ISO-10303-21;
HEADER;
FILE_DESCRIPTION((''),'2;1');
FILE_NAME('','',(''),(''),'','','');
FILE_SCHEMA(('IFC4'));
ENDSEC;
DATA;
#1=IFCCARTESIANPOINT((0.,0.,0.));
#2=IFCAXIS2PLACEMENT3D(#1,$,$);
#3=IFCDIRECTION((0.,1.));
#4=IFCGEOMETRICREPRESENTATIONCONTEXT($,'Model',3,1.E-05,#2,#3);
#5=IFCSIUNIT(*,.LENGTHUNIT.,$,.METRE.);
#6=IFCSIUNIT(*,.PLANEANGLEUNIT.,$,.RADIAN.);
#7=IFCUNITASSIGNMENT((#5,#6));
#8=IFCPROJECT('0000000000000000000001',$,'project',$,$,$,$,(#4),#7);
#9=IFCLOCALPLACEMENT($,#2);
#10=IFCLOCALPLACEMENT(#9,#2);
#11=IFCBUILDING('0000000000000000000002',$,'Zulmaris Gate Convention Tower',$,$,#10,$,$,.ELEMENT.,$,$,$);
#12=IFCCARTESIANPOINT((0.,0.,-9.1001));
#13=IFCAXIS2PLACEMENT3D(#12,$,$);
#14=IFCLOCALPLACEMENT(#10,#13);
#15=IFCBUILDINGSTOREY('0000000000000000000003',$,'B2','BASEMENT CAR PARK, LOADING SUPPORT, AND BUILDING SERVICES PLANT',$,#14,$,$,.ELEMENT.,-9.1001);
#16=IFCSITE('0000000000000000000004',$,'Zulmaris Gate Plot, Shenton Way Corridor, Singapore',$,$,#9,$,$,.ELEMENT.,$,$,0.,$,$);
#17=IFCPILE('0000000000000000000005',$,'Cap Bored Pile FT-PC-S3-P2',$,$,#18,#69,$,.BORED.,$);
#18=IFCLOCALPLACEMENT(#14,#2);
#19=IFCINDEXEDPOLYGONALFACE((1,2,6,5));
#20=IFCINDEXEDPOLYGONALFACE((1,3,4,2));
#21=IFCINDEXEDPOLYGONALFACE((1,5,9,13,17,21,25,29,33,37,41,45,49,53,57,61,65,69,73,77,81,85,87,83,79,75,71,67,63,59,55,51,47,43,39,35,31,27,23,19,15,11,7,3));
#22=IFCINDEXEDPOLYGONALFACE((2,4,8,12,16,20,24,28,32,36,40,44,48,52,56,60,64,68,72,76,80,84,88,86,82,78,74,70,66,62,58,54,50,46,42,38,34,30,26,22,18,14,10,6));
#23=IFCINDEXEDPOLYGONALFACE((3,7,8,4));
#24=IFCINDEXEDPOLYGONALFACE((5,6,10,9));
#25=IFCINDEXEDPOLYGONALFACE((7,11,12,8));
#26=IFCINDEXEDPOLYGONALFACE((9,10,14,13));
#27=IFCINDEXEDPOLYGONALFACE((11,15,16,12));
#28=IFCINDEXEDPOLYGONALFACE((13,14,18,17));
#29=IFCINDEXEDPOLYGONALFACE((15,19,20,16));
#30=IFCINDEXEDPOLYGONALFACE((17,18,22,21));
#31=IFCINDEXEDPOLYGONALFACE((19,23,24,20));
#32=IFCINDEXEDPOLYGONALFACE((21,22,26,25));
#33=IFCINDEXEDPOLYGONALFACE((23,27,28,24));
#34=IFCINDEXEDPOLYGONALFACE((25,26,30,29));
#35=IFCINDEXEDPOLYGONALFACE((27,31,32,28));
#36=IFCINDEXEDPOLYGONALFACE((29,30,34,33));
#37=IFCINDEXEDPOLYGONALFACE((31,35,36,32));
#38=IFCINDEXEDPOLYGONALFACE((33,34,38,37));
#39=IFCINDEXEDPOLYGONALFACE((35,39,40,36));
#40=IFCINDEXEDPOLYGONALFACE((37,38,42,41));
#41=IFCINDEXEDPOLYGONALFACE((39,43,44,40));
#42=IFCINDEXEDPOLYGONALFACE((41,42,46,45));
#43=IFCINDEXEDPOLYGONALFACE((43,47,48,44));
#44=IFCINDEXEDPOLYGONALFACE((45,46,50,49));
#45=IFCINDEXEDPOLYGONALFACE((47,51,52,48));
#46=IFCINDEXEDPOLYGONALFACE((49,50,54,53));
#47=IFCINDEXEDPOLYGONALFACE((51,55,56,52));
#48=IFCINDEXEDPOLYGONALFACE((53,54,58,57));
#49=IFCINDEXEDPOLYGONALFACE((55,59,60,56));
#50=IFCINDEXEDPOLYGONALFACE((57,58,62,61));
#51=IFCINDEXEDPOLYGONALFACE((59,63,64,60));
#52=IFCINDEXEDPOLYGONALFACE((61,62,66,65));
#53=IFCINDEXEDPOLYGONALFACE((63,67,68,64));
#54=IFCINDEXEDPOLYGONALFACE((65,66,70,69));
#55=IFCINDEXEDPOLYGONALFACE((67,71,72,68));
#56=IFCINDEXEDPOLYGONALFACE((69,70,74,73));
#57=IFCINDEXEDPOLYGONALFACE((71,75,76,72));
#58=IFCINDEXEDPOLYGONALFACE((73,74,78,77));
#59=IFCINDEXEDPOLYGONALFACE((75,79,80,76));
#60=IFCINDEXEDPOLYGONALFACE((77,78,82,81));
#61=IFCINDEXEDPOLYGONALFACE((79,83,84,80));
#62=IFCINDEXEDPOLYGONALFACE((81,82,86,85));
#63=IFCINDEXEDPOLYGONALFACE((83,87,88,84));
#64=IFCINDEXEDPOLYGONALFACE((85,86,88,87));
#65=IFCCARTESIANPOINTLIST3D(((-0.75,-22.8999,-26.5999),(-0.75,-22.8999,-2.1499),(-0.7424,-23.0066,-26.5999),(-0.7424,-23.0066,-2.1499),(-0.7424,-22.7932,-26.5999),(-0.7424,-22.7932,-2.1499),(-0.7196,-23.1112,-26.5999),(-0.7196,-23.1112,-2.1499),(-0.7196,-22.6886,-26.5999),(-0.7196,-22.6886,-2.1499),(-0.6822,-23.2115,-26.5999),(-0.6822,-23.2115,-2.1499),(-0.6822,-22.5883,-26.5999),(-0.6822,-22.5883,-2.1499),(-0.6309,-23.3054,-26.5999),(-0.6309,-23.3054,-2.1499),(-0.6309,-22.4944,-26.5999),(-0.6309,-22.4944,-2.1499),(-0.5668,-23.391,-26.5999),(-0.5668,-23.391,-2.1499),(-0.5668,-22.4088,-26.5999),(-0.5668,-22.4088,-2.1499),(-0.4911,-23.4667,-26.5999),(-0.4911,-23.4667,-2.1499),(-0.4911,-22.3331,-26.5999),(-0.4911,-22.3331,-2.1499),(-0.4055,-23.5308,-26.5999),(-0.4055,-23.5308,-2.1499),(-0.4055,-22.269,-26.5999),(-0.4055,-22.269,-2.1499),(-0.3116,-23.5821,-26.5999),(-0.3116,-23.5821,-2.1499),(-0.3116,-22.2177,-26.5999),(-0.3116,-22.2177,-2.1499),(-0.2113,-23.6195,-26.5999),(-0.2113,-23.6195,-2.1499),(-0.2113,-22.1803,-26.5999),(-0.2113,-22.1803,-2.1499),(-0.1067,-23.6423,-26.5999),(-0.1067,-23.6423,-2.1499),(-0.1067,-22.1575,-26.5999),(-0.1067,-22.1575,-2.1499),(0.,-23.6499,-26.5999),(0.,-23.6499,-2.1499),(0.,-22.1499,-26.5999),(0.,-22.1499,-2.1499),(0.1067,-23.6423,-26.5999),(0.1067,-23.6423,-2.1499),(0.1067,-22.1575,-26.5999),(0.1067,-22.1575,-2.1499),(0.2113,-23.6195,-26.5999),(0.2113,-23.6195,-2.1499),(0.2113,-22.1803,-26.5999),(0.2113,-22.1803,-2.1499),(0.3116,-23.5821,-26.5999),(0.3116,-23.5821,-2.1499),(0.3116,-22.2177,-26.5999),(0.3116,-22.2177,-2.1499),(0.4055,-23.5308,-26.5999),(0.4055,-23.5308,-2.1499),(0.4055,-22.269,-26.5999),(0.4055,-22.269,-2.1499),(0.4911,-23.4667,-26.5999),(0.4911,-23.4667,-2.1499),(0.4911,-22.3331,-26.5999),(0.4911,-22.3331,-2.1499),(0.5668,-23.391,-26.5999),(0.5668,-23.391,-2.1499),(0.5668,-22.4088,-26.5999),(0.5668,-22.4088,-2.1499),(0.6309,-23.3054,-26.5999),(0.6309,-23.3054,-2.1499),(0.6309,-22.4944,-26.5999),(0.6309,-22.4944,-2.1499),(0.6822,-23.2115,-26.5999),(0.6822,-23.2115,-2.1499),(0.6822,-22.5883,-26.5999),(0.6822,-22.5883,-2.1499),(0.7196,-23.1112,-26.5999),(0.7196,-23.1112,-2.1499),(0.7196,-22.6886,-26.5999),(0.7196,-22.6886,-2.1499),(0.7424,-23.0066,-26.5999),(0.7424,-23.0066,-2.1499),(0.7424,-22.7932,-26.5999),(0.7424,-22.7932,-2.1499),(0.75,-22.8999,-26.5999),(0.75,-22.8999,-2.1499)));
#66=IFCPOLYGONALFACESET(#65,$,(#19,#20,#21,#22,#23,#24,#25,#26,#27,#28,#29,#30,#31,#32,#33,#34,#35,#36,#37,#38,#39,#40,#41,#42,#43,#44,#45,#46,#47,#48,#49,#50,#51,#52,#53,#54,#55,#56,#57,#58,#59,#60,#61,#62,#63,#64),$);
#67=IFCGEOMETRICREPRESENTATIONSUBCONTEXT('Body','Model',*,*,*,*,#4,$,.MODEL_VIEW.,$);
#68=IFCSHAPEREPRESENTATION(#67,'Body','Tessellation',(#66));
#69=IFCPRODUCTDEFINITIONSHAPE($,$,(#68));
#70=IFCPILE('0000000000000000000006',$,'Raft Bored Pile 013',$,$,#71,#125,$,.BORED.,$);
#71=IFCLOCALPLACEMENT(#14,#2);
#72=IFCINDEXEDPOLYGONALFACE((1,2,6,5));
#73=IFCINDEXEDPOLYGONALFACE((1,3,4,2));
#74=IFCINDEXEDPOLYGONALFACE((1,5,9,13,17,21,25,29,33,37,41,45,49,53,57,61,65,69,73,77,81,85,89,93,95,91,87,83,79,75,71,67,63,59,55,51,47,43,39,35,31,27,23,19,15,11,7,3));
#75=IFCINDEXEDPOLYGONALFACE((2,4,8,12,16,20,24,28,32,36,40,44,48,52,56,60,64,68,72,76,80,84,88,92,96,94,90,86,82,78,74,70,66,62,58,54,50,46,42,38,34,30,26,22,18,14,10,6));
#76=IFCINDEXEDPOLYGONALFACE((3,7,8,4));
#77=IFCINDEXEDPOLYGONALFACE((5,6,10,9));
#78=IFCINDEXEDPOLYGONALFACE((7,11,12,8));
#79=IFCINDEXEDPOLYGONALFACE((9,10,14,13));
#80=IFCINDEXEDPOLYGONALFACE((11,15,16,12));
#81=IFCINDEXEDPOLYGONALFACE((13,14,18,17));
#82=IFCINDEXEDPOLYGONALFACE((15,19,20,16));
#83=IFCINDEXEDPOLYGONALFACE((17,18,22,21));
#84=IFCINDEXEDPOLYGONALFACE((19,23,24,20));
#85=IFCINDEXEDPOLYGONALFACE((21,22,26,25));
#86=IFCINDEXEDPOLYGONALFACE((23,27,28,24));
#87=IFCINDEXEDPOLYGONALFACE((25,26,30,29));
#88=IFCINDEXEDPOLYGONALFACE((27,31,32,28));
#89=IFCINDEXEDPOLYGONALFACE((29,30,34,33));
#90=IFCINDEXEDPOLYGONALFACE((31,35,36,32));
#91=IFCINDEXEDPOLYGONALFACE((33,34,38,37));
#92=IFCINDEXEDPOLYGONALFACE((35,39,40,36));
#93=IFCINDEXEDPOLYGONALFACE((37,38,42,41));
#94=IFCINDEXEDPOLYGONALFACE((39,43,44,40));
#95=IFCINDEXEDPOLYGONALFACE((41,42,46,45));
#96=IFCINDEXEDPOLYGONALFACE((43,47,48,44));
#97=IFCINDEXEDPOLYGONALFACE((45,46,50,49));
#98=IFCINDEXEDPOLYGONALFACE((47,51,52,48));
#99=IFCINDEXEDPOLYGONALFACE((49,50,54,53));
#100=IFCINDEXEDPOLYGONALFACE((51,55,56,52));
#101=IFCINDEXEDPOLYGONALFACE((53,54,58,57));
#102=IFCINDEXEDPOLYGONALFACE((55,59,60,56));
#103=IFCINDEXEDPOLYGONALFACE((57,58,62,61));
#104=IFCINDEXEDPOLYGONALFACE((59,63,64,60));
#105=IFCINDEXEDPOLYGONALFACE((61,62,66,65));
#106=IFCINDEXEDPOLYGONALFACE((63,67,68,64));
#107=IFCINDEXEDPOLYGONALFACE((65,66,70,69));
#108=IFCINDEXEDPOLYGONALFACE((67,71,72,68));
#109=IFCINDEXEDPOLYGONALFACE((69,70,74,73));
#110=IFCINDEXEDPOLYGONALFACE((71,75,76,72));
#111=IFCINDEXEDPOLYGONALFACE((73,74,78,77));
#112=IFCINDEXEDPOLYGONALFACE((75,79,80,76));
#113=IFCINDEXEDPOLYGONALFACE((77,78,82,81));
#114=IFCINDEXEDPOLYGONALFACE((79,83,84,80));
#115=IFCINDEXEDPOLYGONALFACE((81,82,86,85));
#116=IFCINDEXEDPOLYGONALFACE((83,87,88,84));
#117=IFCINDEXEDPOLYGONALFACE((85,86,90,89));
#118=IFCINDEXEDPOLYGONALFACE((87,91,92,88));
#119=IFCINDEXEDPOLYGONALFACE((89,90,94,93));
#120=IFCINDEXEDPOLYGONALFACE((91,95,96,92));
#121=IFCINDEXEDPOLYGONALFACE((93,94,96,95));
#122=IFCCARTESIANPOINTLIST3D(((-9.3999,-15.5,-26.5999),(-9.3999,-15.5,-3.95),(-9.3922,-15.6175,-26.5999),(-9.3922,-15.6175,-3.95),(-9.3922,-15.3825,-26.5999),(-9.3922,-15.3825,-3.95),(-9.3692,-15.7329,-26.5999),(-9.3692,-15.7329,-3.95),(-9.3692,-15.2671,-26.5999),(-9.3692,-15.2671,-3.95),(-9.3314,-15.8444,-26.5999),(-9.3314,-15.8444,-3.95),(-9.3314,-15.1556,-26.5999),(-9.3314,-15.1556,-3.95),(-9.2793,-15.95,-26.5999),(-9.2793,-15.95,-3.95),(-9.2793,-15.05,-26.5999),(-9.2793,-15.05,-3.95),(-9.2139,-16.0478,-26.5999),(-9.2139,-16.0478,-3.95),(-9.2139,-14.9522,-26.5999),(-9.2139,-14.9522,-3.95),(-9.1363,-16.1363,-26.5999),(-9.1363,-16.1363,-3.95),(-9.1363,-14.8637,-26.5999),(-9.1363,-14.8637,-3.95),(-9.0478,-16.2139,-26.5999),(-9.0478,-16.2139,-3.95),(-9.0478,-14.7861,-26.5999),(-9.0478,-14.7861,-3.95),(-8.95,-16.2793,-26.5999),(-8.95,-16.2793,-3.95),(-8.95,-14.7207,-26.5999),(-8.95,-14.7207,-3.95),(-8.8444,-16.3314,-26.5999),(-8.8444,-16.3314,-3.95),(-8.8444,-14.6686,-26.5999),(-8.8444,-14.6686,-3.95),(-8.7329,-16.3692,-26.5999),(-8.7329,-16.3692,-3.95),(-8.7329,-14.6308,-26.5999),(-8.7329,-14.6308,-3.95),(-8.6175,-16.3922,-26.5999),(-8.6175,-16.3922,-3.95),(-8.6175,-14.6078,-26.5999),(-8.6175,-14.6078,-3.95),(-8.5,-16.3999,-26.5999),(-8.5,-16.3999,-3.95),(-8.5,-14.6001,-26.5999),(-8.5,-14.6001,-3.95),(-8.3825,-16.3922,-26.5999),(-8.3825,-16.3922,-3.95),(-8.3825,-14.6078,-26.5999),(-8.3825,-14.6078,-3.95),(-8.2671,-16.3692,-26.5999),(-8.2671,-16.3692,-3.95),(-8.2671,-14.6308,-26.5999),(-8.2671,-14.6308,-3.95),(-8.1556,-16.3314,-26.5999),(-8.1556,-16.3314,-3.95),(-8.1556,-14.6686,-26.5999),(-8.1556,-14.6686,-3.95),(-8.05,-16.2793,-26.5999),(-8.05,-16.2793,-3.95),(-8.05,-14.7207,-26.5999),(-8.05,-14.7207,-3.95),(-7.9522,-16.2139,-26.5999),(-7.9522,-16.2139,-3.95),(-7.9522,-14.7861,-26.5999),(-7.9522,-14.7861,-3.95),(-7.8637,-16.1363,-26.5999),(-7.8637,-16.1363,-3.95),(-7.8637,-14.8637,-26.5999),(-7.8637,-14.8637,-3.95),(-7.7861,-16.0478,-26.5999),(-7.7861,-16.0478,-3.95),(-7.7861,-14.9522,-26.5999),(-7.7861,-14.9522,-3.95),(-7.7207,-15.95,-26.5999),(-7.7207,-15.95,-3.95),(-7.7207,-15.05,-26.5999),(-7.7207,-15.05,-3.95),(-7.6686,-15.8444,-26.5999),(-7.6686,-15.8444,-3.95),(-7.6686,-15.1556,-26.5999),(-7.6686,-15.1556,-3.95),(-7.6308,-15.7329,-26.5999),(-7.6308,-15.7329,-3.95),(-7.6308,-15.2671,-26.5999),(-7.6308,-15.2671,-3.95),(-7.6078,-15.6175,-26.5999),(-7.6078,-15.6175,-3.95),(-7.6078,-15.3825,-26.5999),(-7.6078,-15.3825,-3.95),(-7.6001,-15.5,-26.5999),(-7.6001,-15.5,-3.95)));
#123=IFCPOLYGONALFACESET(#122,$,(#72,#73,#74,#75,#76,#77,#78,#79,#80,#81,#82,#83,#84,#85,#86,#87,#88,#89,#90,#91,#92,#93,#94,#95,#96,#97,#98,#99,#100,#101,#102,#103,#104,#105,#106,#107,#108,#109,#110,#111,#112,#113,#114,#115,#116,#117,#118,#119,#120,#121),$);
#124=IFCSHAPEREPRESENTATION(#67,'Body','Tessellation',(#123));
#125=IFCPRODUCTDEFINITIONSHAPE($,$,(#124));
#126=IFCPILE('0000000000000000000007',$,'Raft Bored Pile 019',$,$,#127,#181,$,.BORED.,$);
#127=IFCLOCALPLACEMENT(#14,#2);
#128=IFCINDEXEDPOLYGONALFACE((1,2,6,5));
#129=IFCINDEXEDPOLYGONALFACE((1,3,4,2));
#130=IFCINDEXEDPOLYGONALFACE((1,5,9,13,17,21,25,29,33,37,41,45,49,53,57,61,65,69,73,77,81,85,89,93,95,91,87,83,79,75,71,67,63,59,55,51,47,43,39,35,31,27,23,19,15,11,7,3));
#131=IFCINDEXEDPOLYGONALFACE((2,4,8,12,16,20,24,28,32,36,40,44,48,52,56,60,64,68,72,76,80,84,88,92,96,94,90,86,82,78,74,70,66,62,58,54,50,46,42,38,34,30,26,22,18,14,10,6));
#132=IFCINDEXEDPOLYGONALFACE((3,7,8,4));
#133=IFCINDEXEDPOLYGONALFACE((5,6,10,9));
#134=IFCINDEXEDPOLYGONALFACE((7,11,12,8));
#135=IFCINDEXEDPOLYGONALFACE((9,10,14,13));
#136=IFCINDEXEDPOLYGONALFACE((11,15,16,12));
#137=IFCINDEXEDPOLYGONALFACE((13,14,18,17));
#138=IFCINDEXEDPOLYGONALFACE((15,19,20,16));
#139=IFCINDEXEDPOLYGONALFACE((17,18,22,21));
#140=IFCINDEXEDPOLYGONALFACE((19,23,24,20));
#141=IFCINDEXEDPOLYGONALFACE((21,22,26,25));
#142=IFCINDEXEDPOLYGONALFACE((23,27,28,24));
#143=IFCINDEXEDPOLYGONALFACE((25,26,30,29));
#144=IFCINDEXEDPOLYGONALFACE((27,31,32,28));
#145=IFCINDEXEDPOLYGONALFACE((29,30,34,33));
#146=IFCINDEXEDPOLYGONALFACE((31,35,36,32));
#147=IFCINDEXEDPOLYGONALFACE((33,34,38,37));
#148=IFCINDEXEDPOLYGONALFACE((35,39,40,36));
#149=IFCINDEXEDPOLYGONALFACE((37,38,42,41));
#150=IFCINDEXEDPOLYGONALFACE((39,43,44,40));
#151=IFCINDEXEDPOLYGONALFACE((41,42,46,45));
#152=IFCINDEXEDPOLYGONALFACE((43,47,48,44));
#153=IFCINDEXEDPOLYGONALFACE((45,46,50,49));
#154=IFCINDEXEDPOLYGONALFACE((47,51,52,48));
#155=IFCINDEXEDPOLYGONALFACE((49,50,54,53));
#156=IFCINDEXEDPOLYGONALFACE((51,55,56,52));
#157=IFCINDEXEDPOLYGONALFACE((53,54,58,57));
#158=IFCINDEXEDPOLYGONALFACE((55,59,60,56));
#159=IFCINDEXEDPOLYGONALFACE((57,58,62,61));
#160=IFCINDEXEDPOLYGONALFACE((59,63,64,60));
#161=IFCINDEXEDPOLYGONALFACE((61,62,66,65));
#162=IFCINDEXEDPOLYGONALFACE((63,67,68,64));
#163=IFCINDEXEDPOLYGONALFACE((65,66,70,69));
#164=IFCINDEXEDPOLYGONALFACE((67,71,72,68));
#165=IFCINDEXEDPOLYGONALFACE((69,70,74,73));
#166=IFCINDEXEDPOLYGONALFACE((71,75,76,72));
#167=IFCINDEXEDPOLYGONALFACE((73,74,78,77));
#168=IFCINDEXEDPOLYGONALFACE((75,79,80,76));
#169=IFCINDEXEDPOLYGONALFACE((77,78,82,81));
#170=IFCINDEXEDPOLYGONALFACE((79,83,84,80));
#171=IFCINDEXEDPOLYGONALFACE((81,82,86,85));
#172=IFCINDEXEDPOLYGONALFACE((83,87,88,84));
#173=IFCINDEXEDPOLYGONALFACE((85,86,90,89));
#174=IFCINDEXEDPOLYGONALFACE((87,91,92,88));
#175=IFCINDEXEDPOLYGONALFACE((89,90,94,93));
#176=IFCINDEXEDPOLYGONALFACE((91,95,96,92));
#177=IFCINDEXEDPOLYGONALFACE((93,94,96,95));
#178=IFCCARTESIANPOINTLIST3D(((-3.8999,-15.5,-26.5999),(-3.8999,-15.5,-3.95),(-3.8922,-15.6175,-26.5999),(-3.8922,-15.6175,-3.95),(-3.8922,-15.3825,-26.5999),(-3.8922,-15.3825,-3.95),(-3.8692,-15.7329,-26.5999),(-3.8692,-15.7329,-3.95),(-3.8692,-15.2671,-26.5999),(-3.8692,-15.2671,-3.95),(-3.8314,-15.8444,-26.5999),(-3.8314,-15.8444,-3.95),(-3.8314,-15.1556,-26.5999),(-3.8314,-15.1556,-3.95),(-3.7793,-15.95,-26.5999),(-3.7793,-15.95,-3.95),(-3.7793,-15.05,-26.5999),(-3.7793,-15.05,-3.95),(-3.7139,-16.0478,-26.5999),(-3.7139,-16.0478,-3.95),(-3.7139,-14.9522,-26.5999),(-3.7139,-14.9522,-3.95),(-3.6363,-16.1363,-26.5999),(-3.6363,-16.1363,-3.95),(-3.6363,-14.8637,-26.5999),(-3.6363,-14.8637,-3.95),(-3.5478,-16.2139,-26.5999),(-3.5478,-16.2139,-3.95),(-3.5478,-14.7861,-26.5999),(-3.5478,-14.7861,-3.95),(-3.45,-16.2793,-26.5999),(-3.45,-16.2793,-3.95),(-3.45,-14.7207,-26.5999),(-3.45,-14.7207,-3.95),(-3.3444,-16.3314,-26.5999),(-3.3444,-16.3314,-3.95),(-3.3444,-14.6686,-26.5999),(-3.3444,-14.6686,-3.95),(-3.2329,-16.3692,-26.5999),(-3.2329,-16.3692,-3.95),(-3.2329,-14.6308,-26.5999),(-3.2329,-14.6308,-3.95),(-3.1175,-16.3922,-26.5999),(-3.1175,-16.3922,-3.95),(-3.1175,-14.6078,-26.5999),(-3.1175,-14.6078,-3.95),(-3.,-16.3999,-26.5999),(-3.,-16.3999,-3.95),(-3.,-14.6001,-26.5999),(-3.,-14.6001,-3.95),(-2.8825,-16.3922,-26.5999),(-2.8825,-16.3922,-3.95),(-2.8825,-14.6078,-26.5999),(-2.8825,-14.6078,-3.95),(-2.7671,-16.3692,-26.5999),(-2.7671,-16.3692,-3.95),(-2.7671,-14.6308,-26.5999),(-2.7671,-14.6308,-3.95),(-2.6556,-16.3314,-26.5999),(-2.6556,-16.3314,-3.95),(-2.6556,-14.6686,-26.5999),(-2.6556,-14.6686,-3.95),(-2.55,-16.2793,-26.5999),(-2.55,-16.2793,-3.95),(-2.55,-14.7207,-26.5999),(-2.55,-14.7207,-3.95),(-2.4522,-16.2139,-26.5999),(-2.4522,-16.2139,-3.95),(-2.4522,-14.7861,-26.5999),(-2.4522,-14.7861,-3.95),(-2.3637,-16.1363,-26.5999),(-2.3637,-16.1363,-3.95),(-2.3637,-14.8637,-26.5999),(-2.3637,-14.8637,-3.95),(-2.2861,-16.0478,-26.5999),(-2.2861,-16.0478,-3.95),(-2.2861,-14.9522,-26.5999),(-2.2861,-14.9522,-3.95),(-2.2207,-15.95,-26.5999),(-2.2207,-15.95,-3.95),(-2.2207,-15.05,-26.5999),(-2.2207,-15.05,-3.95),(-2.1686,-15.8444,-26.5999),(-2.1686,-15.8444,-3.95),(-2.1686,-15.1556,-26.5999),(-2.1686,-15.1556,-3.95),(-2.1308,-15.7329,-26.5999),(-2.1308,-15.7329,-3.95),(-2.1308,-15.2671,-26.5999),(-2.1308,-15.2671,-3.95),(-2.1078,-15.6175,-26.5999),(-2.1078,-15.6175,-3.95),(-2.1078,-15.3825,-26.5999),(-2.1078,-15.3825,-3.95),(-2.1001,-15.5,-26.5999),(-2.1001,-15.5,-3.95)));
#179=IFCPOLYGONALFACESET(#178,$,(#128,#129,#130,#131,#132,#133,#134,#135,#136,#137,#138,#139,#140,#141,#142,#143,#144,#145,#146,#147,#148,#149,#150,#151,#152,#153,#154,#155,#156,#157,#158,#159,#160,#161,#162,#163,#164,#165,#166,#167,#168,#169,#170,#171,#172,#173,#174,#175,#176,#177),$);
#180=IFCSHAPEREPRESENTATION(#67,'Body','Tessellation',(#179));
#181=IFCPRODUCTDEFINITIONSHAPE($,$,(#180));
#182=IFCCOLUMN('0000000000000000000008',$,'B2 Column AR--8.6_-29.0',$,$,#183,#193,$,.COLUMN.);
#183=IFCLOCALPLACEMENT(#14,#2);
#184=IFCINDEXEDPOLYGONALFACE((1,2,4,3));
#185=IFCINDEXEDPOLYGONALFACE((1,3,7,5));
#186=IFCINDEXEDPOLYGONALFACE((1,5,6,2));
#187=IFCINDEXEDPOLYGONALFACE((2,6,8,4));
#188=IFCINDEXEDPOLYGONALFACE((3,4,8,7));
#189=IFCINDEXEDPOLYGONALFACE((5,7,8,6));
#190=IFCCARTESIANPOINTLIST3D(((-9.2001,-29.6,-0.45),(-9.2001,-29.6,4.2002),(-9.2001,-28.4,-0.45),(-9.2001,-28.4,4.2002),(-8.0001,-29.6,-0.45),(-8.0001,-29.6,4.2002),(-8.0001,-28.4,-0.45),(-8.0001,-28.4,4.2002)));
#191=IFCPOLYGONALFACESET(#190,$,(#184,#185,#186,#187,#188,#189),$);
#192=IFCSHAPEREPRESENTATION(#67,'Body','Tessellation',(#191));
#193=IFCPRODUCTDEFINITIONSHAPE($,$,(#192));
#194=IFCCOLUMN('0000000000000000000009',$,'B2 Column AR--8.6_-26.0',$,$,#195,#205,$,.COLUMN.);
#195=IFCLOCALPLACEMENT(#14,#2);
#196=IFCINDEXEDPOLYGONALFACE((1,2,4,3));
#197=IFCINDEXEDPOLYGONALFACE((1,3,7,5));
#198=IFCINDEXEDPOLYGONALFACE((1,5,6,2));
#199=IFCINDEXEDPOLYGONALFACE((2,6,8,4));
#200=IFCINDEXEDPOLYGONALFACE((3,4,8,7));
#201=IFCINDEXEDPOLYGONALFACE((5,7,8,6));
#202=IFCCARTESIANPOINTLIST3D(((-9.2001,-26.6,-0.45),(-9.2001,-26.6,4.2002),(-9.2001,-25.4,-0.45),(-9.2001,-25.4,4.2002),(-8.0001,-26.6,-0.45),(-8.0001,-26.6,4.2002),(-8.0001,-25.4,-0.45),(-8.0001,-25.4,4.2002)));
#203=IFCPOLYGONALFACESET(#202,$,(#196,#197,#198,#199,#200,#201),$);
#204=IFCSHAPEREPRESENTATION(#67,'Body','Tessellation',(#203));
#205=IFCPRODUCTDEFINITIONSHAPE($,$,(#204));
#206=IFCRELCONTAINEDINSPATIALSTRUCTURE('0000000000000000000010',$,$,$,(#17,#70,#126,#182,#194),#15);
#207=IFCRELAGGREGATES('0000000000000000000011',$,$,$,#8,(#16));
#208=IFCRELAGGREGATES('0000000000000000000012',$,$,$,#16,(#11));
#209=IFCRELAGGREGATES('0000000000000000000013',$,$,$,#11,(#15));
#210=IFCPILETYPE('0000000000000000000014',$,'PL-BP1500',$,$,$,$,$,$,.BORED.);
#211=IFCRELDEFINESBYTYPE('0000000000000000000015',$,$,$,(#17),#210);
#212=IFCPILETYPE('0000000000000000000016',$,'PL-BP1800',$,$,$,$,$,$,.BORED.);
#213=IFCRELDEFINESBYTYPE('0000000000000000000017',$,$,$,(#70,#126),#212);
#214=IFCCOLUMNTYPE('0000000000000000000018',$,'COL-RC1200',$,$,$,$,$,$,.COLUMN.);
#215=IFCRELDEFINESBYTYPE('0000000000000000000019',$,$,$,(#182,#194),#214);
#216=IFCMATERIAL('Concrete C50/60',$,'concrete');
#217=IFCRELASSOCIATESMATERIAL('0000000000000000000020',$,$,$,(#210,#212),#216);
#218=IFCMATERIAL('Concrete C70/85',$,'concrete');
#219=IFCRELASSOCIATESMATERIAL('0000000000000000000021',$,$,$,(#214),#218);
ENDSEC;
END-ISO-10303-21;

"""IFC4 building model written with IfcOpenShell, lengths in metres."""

from ifc_helpers import new_model, si_unit, direction, frame, origin, origin_2d, place, context, subcontext, project, spatial, rectangle, circle, extrude, material, material_profile, profile_set, type_object, element, save


model = new_model("IFC4")

# Units and contexts
model_context = context("Model", 3, precision=1e-05, world=origin(), true_north=direction((0.0, 1.0)))
body_context = subcontext(model_context, "Body", "Model", "MODEL_VIEW")
ifc_project = project(units=[si_unit("LENGTHUNIT", "METRE"), si_unit("PLANEANGLEUNIT", "RADIAN")], contexts=[model_context])

# Site, building, storey
site_placement = place(None, origin())
site = spatial("IfcSite", under=ifc_project, at=site_placement, Name="Zulmaris Gate Plot, Shenton Way Corridor, Singapore", CompositionType="ELEMENT", RefElevation=0.0)
building_placement = place(site_placement, origin())
building = spatial("IfcBuilding", under=site, at=building_placement, Name="Zulmaris Gate Convention Tower", CompositionType="ELEMENT")
storey_placement = place(building_placement, frame((0.0, 0.0, -9.1001)))
storey = spatial("IfcBuildingStorey", under=building, at=storey_placement, Name="B2", Description="BASEMENT CAR PARK, LOADING SUPPORT, AND BUILDING SERVICES PLANT", CompositionType="ELEMENT", Elevation=-9.1001)

# Shared definitions
ifc_material_1 = material(Name="Concrete C50/60", Category="concrete")

# Piles
ifc_material_profile_1 = material_profile(ifc_material_1, circle(Radius=0.75, at=origin_2d()), Name="BORED PILE 1500")
ifc_profile_set_1 = profile_set([ifc_material_profile_1], Name="Concrete C50/60")
pile_type_1 = type_object("IfcPileType", Name="PL-BP1500", PredefinedType="BORED", material=ifc_profile_set_1)
for number, where, z_axis, x_axis, name in (
    (1, (0.0, -22.8999, -2.1499), (0.0, 0.0, -1.0), (1.0, 0.0, 0.0), "Cap Bored Pile FT-PC-S3-P2"),
):
    element("IfcPile", number, at=place(storey_placement, frame(where, z_axis=z_axis, x_axis=x_axis)), inside=storey, type_object=pile_type_1, Name=name, PredefinedType="BORED", context=body_context, shape_type="SweptSolid", body=[
        extrude(circle(Radius=0.75, at=origin_2d()), origin(), (0.0, 0.0, 1.0), 24.45),
    ])
ifc_material_profile_2 = material_profile(ifc_material_1, circle(Radius=0.8999, at=origin_2d()), Name="BORED PILE 1800")
ifc_profile_set_2 = profile_set([ifc_material_profile_2], Name="Concrete C50/60")
pile_type_2 = type_object("IfcPileType", Name="PL-BP1800", PredefinedType="BORED", material=ifc_profile_set_2)
for number, where, z_axis, x_axis, name in (
    (2, (-8.5, -15.5, -3.95), (0.0, 0.0, -1.0), (1.0, 0.0, 0.0), "Raft Bored Pile 013"),
    (3, (-3.0, -15.5, -3.95), (0.0, 0.0, -1.0), (1.0, 0.0, 0.0), "Raft Bored Pile 019"),
):
    element("IfcPile", number, at=place(storey_placement, frame(where, z_axis=z_axis, x_axis=x_axis)), inside=storey, type_object=pile_type_2, Name=name, PredefinedType="BORED", context=body_context, shape_type="SweptSolid", body=[
        extrude(circle(Radius=0.8999, at=origin_2d()), origin(), (0.0, 0.0, 1.0), 22.6499),
    ])

# Columns
ifc_material_2 = material(Name="Concrete C70/85", Category="concrete")
ifc_material_profile_3 = material_profile(ifc_material_2, rectangle(XDim=1.2, YDim=1.2, at=origin_2d()), Name="RC COL 1200x1200")
ifc_profile_set_3 = profile_set([ifc_material_profile_3], Name="Concrete C70/85")
column_type_1 = type_object("IfcColumnType", Name="COL-RC1200", PredefinedType="COLUMN", material=ifc_profile_set_3)
for number, where, z_axis, x_axis, name in (
    (4, (-8.6001, -29.0, -0.45), (0.0, 0.0, 1.0), (1.0, 0.0, 0.0), "B2 Column AR--8.6_-29.0"),
    (5, (-8.6001, -26.0, -0.45), (0.0, 0.0, 1.0), (1.0, 0.0, 0.0), "B2 Column AR--8.6_-26.0"),
):
    element("IfcColumn", number, at=place(storey_placement, frame(where, z_axis=z_axis, x_axis=x_axis)), inside=storey, type_object=column_type_1, Name=name, PredefinedType="COLUMN", context=body_context, shape_type="SweptSolid", body=[
        extrude(rectangle(XDim=1.2, YDim=1.2, at=origin_2d()), origin(), (0.0, 0.0, 1.0), 4.6501),
    ])

save(model, "model.ifc")
